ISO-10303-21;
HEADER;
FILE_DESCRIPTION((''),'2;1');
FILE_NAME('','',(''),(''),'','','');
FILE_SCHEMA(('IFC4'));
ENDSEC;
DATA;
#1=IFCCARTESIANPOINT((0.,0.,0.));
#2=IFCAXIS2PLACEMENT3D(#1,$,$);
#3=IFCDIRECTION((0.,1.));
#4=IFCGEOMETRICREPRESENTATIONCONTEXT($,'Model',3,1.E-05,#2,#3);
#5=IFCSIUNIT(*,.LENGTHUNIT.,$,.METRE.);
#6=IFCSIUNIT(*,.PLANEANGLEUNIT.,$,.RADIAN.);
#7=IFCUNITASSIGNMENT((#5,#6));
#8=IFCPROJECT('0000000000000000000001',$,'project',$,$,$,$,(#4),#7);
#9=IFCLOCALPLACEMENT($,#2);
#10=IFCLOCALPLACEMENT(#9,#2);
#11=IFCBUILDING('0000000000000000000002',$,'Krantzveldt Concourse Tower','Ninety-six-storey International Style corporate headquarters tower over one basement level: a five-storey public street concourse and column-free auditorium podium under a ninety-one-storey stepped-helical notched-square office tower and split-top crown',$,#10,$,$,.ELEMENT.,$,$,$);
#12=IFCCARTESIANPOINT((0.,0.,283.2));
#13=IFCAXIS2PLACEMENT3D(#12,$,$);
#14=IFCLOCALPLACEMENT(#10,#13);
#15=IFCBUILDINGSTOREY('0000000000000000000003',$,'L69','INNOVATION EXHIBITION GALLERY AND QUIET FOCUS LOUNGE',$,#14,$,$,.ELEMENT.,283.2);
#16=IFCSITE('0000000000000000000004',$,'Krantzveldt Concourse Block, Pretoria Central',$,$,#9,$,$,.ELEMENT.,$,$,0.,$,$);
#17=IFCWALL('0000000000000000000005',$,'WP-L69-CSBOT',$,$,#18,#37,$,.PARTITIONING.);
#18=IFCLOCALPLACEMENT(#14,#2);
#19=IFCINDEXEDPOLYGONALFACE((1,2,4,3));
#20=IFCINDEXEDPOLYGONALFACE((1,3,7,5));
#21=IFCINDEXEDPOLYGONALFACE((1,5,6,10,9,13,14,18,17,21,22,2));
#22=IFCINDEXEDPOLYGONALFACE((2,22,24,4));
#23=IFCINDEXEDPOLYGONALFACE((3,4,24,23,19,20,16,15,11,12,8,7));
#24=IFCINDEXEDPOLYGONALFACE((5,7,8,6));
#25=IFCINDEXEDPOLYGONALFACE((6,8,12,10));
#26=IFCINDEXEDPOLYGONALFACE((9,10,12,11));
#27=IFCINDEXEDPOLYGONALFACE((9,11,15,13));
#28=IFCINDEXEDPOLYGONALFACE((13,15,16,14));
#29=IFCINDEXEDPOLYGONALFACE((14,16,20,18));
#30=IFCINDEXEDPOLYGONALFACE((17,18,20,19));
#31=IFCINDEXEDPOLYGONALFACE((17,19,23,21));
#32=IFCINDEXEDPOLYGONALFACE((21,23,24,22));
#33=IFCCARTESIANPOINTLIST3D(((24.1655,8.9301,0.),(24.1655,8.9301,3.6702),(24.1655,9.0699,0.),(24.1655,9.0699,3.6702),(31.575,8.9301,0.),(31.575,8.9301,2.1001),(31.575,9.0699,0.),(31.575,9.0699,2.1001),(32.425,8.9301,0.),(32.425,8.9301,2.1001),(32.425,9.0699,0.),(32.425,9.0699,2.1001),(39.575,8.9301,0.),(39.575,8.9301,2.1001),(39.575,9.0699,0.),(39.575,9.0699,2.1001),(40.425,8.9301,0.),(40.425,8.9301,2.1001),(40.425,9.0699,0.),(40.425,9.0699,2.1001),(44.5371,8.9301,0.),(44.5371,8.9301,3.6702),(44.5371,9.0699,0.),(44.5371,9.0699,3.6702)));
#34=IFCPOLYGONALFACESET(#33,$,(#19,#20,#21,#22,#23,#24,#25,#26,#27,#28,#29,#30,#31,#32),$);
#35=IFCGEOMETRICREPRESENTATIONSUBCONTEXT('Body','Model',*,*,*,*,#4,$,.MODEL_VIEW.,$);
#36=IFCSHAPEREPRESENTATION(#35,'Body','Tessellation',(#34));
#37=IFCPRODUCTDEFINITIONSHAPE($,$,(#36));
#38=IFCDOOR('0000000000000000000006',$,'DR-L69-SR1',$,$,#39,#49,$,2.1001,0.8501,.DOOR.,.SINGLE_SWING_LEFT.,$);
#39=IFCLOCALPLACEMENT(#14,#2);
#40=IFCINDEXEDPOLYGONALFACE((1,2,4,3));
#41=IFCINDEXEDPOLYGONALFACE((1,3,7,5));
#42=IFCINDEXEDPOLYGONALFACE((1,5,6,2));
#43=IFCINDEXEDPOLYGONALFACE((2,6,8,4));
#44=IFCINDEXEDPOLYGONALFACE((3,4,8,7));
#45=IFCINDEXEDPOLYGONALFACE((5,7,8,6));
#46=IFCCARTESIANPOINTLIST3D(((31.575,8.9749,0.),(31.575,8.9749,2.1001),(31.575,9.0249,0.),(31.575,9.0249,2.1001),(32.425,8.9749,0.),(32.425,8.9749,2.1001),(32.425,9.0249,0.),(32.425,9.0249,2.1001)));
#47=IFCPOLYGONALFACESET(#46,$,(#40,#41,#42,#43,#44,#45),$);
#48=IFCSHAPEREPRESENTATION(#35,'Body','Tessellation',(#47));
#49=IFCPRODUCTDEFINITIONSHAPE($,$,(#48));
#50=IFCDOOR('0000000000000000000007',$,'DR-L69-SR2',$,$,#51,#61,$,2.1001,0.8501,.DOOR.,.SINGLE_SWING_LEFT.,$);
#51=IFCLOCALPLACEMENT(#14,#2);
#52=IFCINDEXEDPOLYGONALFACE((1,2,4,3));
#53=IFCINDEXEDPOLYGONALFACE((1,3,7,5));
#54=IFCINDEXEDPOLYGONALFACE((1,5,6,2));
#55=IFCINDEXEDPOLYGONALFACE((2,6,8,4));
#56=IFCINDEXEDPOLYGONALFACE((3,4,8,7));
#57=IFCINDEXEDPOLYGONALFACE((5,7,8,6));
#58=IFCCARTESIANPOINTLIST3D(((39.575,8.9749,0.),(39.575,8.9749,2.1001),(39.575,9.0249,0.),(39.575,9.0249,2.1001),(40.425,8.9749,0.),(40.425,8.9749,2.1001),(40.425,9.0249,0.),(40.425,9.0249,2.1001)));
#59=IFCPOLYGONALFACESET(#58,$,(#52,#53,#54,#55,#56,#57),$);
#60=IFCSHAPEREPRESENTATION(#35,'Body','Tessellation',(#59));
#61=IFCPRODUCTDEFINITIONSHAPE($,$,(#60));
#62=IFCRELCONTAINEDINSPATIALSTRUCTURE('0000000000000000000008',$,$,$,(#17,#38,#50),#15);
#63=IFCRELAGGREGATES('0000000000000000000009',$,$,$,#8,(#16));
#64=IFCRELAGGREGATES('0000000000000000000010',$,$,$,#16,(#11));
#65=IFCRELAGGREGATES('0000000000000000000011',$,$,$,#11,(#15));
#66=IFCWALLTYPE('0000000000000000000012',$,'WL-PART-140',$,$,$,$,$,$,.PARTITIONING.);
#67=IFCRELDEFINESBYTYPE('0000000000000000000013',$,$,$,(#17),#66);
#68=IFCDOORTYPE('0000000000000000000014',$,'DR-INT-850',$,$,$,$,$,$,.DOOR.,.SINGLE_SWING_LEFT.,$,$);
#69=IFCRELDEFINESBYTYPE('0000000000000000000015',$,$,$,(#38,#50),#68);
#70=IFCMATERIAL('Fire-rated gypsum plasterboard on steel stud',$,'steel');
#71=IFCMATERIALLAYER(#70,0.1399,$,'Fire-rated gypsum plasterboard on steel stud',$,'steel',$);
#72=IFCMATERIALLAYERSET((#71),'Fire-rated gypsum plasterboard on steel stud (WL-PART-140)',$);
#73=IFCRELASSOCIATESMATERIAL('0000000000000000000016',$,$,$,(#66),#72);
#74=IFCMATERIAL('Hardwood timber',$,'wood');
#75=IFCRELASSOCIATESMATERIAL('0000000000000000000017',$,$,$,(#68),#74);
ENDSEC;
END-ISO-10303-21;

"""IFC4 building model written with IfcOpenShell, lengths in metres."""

from ifc_helpers import new_model, si_unit, direction, frame, frame_2d, origin, place, context, subcontext, project, spatial, rectangle, extrude, material, layer, layer_set, type_object, element, fill, save


model = new_model("IFC4")

# Units and contexts
model_context = context("Model", 3, precision=1e-05, world=origin(), true_north=direction((0.0, 1.0)))
body_context = subcontext(model_context, "Body", "Model", "MODEL_VIEW")
ifc_project = project(units=[si_unit("LENGTHUNIT", "METRE"), si_unit("PLANEANGLEUNIT", "RADIAN")], contexts=[model_context])

# Site, building, storey
site_placement = place(None, origin())
site = spatial("IfcSite", under=ifc_project, at=site_placement, Name="Krantzveldt Concourse Block, Pretoria Central", CompositionType="ELEMENT", RefElevation=0.0)
building_placement = place(site_placement, origin())
building = spatial("IfcBuilding", under=site, at=building_placement, Name="Krantzveldt Concourse Tower", Description="Ninety-six-storey International Style corporate headquarters tower over one basement level: a five-storey public street concourse and column-free auditorium podium under a ninety-one-storey stepped-helical notched-square office tower and split-top crown", CompositionType="ELEMENT")
storey_placement = place(building_placement, frame((0.0, 0.0, 283.2)))
storey = spatial("IfcBuildingStorey", under=building, at=storey_placement, Name="L69", Description="INNOVATION EXHIBITION GALLERY AND QUIET FOCUS LOUNGE", CompositionType="ELEMENT", Elevation=283.2)

# Wall, openings, doors
ifc_material_1 = material(Name="Fire-rated gypsum plasterboard on steel stud", Category="steel")
ifc_layer_1 = layer(ifc_material_1, 0.1399, Name="Fire-rated gypsum plasterboard on steel stud", Category="steel")
ifc_layer_set_1 = layer_set([ifc_layer_1], Name="Fire-rated gypsum plasterboard on steel stud (WL-PART-140)")
wall_type = type_object("IfcWallType", Name="WL-PART-140", PredefinedType="PARTITIONING", material=ifc_layer_set_1)
wall_placement = place(storey_placement, frame((24.1655, 9.0, 0.0), z_axis=(0.0, 0.0, 1.0), x_axis=(1.0, 0.0, 0.0)))
wall = element("IfcWall", 1, at=wall_placement, inside=storey, type_object=wall_type, Name="WP-L69-CSBOT", PredefinedType="PARTITIONING", context=body_context, shape_type="SweptSolid", body=[
    extrude(rectangle(XDim=20.3716, YDim=0.1399, at=frame_2d((10.1858, 0.0))), origin(), (0.0, 0.0, 1.0), 3.6702),
])
opening_1_placement = place(wall_placement, frame((7.4094, 0.0, 0.0)))
opening_1 = element("IfcOpeningElement", 2, at=opening_1_placement, cuts=wall, PredefinedType="OPENING", context=body_context, shape_type="SweptSolid", body=[
    extrude(rectangle(XDim=0.8501, YDim=2.1001, at=frame_2d((0.425, 1.05))), frame((0.0, 0.0801, 0.0), z_axis=(0.0, -1.0, 0.0), x_axis=(1.0, 0.0, 0.0)), (0.0, 0.0, 1.0), 0.1599),
])
opening_2_placement = place(wall_placement, frame((15.4094, 0.0, 0.0)))
opening_2 = element("IfcOpeningElement", 3, at=opening_2_placement, cuts=wall, PredefinedType="OPENING", context=body_context, shape_type="SweptSolid", body=[
    extrude(rectangle(XDim=0.8501, YDim=2.1001, at=frame_2d((0.425, 1.05))), frame((0.0, 0.0801, 0.0), z_axis=(0.0, -1.0, 0.0), x_axis=(1.0, 0.0, 0.0)), (0.0, 0.0, 1.0), 0.1599),
])
ifc_material_2 = material(Name="Hardwood timber", Category="wood")
door_type = type_object("IfcDoorType", Name="DR-INT-850", OperationType="SINGLE_SWING_LEFT", PredefinedType="DOOR", material=ifc_material_2)
door_1_placement = place(opening_1_placement, origin())
door_1 = element("IfcDoor", 4, at=door_1_placement, inside=storey, type_object=door_type, Name="DR-L69-SR1", OperationType="SINGLE_SWING_LEFT", OverallHeight=2.1001, OverallWidth=0.8501, PredefinedType="DOOR", context=body_context, shape_type="SweptSolid", body=[
    extrude(rectangle(XDim=0.8501, YDim=2.1001, at=frame_2d((0.425, 1.05))), frame((0.0, 0.0249, 0.0), z_axis=(0.0, -1.0, 0.0), x_axis=(1.0, 0.0, 0.0)), (0.0, 0.0, 1.0), 0.05),
])
fill(opening_1, door_1)
door_2_placement = place(opening_2_placement, origin())
door_2 = element("IfcDoor", 5, at=door_2_placement, inside=storey, type_object=door_type, Name="DR-L69-SR2", OperationType="SINGLE_SWING_LEFT", OverallHeight=2.1001, OverallWidth=0.8501, PredefinedType="DOOR", context=body_context, shape_type="SweptSolid", body=[
    extrude(rectangle(XDim=0.8501, YDim=2.1001, at=frame_2d((0.425, 1.05))), frame((0.0, 0.0249, 0.0), z_axis=(0.0, -1.0, 0.0), x_axis=(1.0, 0.0, 0.0)), (0.0, 0.0, 1.0), 0.05),
])
fill(opening_2, door_2)

save(model, "model.ifc")
